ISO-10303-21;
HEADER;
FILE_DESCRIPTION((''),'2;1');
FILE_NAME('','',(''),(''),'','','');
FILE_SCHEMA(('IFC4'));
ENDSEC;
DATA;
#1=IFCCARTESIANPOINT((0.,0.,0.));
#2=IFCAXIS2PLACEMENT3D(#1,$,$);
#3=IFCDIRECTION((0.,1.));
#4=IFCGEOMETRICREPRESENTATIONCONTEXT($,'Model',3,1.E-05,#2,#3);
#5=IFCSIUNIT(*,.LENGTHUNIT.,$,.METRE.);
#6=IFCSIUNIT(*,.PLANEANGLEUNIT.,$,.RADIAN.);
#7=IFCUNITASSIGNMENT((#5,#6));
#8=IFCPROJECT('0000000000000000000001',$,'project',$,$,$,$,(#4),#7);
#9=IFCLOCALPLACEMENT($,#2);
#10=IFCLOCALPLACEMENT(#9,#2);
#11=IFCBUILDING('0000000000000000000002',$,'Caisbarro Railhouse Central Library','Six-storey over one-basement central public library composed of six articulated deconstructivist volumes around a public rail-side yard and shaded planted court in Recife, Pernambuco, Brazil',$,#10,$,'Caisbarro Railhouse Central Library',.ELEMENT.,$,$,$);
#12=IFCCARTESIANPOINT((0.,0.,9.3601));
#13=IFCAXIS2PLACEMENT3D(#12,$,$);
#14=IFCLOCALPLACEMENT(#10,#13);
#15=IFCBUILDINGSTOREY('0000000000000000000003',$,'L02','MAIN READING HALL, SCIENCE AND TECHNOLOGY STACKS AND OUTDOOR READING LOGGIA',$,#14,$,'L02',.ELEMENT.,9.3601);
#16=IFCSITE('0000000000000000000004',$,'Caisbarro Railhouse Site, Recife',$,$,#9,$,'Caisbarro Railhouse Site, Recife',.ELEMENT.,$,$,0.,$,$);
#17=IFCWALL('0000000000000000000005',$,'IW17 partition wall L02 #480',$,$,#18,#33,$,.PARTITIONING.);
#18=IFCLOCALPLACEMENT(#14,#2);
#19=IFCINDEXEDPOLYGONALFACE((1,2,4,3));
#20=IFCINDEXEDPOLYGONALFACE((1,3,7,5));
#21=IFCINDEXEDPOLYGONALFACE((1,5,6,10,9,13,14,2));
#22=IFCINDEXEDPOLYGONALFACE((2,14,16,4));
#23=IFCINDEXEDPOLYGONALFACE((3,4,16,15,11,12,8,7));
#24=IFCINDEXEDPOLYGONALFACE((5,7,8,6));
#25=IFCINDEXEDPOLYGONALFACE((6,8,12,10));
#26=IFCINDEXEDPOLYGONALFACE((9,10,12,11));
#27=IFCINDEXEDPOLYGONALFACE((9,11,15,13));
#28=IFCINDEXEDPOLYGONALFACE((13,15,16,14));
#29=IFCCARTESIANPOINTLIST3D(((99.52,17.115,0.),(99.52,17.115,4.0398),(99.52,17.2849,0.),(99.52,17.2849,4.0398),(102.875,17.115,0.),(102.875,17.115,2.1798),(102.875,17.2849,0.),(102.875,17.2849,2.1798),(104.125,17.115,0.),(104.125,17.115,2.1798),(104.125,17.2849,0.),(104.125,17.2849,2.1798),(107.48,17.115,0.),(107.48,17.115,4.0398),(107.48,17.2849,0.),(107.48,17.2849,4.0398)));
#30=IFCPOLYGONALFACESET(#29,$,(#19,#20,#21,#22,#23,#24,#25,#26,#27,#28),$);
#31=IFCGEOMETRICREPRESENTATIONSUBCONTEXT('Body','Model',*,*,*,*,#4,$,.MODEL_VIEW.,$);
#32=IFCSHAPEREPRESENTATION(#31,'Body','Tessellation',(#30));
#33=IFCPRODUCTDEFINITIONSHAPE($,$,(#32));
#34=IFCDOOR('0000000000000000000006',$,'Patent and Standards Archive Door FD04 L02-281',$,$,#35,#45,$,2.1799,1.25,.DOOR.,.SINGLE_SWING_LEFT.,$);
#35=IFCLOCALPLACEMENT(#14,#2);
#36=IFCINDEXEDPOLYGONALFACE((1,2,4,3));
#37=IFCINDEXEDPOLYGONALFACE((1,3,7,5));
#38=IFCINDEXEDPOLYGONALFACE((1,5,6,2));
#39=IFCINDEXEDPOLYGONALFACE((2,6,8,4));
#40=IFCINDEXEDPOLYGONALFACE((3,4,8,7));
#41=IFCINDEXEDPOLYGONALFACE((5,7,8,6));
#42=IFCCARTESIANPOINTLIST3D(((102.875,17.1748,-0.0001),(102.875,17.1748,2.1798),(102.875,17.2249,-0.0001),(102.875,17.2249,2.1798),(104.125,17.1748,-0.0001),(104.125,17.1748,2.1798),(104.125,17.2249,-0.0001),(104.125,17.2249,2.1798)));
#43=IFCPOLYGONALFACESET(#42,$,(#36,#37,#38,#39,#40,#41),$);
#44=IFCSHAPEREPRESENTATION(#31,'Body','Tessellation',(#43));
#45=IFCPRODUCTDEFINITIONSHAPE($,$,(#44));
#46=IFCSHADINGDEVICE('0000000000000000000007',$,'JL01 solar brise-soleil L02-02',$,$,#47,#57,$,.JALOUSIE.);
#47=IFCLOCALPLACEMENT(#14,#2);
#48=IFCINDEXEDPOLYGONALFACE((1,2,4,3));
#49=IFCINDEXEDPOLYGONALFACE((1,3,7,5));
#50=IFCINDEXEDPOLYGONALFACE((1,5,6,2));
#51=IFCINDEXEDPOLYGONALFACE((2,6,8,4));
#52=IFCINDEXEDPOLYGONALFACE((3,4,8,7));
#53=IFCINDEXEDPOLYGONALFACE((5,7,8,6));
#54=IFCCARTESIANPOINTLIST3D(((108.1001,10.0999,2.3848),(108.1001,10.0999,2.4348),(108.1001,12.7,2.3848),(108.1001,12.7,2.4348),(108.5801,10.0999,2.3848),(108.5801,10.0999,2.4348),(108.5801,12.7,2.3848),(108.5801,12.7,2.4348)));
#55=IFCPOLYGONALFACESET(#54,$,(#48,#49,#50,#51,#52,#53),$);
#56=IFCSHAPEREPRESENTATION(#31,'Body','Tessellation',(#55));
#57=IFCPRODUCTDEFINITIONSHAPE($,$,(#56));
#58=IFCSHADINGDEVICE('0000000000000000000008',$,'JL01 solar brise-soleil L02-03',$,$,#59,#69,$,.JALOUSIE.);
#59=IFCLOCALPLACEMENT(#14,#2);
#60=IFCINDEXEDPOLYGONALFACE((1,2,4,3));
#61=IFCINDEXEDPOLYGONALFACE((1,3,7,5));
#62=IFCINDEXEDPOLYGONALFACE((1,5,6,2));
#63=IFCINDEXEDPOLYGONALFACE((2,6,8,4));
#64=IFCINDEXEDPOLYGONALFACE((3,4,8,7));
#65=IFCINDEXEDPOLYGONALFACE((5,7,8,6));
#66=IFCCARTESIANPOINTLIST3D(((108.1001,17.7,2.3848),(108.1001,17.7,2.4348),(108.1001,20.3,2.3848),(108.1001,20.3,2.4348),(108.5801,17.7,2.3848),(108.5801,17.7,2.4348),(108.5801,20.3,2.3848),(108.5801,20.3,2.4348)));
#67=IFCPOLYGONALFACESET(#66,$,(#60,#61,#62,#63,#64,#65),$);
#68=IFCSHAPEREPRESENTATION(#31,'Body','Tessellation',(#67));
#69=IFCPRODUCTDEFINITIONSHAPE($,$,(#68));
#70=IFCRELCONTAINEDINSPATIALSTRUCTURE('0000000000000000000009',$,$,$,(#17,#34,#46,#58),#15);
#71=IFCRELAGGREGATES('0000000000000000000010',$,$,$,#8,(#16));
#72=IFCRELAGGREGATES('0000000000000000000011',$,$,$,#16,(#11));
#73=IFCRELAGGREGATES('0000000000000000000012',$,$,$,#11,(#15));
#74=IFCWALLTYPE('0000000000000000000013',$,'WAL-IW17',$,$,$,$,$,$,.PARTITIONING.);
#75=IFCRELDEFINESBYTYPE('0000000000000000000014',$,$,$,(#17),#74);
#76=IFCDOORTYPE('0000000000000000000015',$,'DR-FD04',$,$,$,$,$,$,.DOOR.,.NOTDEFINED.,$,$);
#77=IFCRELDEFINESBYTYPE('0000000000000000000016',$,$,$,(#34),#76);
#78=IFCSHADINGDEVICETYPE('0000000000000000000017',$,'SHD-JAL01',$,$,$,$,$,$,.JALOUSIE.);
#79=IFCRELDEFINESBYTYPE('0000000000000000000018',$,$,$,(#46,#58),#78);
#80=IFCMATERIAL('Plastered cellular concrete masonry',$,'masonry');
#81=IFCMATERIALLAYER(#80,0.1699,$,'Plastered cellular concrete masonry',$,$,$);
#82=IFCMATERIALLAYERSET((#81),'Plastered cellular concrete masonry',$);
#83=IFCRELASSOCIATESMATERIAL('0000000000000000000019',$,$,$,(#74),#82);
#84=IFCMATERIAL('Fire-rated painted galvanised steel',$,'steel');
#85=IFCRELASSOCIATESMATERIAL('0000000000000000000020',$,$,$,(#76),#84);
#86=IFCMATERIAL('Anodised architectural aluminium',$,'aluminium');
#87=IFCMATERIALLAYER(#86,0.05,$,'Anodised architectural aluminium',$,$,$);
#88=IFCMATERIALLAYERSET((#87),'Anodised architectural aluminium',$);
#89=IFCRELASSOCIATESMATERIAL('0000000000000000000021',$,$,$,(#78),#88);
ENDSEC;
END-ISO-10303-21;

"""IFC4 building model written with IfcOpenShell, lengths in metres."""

from ifc_helpers import new_model, si_unit, direction, frame, frame_2d, origin, origin_2d, place, context, subcontext, project, spatial, rectangle, extrude, material, layer, layer_set, type_object, element, fill, save


model = new_model("IFC4")

# Units and contexts
model_context = context("Model", 3, precision=1e-05, world=origin(), true_north=direction((0.0, 1.0)))
body_context = subcontext(model_context, "Body", "Model", "MODEL_VIEW")
ifc_project = project(units=[si_unit("LENGTHUNIT", "METRE"), si_unit("PLANEANGLEUNIT", "RADIAN")], contexts=[model_context])

# Site, building, storey
site_placement = place(None, origin())
site = spatial("IfcSite", under=ifc_project, at=site_placement, Name="Caisbarro Railhouse Site, Recife", LongName="Caisbarro Railhouse Site, Recife", CompositionType="ELEMENT", RefElevation=0.0)
building_placement = place(site_placement, origin())
building = spatial("IfcBuilding", under=site, at=building_placement, Name="Caisbarro Railhouse Central Library", Description="Six-storey over one-basement central public library composed of six articulated deconstructivist volumes around a public rail-side yard and shaded planted court in Recife, Pernambuco, Brazil", LongName="Caisbarro Railhouse Central Library", CompositionType="ELEMENT")
storey_placement = place(building_placement, frame((0.0, 0.0, 9.3601)))
storey = spatial("IfcBuildingStorey", under=building, at=storey_placement, Name="L02", Description="MAIN READING HALL, SCIENCE AND TECHNOLOGY STACKS AND OUTDOOR READING LOGGIA", LongName="L02", CompositionType="ELEMENT", Elevation=9.3601)

# Wall, opening, door
ifc_material_1 = material(Name="Plastered cellular concrete masonry", Category="masonry")
ifc_layer_1 = layer(ifc_material_1, 0.1699, Name="Plastered cellular concrete masonry")
ifc_layer_set_1 = layer_set([ifc_layer_1], Name="Plastered cellular concrete masonry")
wall_type_1 = type_object("IfcWallType", Name="WAL-IW17", PredefinedType="PARTITIONING", material=ifc_layer_set_1)
wall_1_placement = place(storey_placement, frame((99.52, 17.2, 0.0), z_axis=(0.0, 0.0, 1.0), x_axis=(1.0, 0.0, 0.0)))
wall_1 = element("IfcWall", 1, at=wall_1_placement, inside=storey, type_object=wall_type_1, Name="IW17 partition wall L02 #480", PredefinedType="PARTITIONING", context=body_context, shape_type="SweptSolid", body=[
    extrude(rectangle(XDim=7.96, YDim=0.1699, at=frame_2d((3.98, 0.0))), origin(), (0.0, 0.0, 1.0), 4.0398),
])
opening_1_placement = place(wall_1_placement, frame((3.355, 0.0, 0.0)))
opening_1 = element("IfcOpeningElement", 2, at=opening_1_placement, cuts=wall_1, PredefinedType="OPENING", context=body_context, shape_type="SweptSolid", body=[
    extrude(rectangle(XDim=1.25, YDim=2.1799, at=frame_2d((0.625, 1.0898))), frame((0.0, 0.095, 0.0), z_axis=(0.0, -1.0, 0.0), x_axis=(1.0, 0.0, 0.0)), (0.0, 0.0, 1.0), 0.1899),
])
ifc_material_2 = material(Name="Fire-rated painted galvanised steel", Category="steel")
door_type_1 = type_object("IfcDoorType", Name="DR-FD04", OperationType="NOTDEFINED", PredefinedType="DOOR", material=ifc_material_2)
door_1_placement = place(opening_1_placement, origin())
door_1 = element("IfcDoor", 3, at=door_1_placement, inside=storey, type_object=door_type_1, Name="Patent and Standards Archive Door FD04 L02-281", OperationType="SINGLE_SWING_LEFT", OverallHeight=2.1799, OverallWidth=1.25, PredefinedType="DOOR", context=body_context, shape_type="SweptSolid", body=[
    extrude(rectangle(XDim=1.25, YDim=2.1799, at=frame_2d((0.625, 1.0898))), frame((0.0, 0.0249, 0.0), z_axis=(0.0, -1.0, 0.0), x_axis=(1.0, 0.0, 0.0)), (0.0, 0.0, 1.0), 0.05),
])
fill(opening_1, door_1)

# Shading devices
ifc_material_3 = material(Name="Anodised architectural aluminium", Category="aluminium")
ifc_layer_2 = layer(ifc_material_3, 0.05, Name="Anodised architectural aluminium")
ifc_layer_set_2 = layer_set([ifc_layer_2], Name="Anodised architectural aluminium")
shading_device_type = type_object("IfcShadingDeviceType", Name="SHD-JAL01", PredefinedType="JALOUSIE", material=ifc_layer_set_2)
for number, where, z_axis, x_axis, name in (
    (4, (108.3401, 11.3999, 2.3848), (0.0, 0.0, 1.0), (0.0, 1.0, 0.0), "JL01 solar brise-soleil L02-02"),
    (5, (108.3401, 19.0, 2.3848), (0.0, 0.0, 1.0), (0.0, 1.0, 0.0), "JL01 solar brise-soleil L02-03"),
):
    element("IfcShadingDevice", number, at=place(storey_placement, frame(where, z_axis=z_axis, x_axis=x_axis)), inside=storey, type_object=shading_device_type, Name=name, PredefinedType="JALOUSIE", context=body_context, shape_type="SweptSolid", body=[
        extrude(rectangle(XDim=2.6001, YDim=0.48, at=origin_2d()), origin(), (0.0, 0.0, 1.0), 0.05),
    ])

save(model, "model.ifc")
